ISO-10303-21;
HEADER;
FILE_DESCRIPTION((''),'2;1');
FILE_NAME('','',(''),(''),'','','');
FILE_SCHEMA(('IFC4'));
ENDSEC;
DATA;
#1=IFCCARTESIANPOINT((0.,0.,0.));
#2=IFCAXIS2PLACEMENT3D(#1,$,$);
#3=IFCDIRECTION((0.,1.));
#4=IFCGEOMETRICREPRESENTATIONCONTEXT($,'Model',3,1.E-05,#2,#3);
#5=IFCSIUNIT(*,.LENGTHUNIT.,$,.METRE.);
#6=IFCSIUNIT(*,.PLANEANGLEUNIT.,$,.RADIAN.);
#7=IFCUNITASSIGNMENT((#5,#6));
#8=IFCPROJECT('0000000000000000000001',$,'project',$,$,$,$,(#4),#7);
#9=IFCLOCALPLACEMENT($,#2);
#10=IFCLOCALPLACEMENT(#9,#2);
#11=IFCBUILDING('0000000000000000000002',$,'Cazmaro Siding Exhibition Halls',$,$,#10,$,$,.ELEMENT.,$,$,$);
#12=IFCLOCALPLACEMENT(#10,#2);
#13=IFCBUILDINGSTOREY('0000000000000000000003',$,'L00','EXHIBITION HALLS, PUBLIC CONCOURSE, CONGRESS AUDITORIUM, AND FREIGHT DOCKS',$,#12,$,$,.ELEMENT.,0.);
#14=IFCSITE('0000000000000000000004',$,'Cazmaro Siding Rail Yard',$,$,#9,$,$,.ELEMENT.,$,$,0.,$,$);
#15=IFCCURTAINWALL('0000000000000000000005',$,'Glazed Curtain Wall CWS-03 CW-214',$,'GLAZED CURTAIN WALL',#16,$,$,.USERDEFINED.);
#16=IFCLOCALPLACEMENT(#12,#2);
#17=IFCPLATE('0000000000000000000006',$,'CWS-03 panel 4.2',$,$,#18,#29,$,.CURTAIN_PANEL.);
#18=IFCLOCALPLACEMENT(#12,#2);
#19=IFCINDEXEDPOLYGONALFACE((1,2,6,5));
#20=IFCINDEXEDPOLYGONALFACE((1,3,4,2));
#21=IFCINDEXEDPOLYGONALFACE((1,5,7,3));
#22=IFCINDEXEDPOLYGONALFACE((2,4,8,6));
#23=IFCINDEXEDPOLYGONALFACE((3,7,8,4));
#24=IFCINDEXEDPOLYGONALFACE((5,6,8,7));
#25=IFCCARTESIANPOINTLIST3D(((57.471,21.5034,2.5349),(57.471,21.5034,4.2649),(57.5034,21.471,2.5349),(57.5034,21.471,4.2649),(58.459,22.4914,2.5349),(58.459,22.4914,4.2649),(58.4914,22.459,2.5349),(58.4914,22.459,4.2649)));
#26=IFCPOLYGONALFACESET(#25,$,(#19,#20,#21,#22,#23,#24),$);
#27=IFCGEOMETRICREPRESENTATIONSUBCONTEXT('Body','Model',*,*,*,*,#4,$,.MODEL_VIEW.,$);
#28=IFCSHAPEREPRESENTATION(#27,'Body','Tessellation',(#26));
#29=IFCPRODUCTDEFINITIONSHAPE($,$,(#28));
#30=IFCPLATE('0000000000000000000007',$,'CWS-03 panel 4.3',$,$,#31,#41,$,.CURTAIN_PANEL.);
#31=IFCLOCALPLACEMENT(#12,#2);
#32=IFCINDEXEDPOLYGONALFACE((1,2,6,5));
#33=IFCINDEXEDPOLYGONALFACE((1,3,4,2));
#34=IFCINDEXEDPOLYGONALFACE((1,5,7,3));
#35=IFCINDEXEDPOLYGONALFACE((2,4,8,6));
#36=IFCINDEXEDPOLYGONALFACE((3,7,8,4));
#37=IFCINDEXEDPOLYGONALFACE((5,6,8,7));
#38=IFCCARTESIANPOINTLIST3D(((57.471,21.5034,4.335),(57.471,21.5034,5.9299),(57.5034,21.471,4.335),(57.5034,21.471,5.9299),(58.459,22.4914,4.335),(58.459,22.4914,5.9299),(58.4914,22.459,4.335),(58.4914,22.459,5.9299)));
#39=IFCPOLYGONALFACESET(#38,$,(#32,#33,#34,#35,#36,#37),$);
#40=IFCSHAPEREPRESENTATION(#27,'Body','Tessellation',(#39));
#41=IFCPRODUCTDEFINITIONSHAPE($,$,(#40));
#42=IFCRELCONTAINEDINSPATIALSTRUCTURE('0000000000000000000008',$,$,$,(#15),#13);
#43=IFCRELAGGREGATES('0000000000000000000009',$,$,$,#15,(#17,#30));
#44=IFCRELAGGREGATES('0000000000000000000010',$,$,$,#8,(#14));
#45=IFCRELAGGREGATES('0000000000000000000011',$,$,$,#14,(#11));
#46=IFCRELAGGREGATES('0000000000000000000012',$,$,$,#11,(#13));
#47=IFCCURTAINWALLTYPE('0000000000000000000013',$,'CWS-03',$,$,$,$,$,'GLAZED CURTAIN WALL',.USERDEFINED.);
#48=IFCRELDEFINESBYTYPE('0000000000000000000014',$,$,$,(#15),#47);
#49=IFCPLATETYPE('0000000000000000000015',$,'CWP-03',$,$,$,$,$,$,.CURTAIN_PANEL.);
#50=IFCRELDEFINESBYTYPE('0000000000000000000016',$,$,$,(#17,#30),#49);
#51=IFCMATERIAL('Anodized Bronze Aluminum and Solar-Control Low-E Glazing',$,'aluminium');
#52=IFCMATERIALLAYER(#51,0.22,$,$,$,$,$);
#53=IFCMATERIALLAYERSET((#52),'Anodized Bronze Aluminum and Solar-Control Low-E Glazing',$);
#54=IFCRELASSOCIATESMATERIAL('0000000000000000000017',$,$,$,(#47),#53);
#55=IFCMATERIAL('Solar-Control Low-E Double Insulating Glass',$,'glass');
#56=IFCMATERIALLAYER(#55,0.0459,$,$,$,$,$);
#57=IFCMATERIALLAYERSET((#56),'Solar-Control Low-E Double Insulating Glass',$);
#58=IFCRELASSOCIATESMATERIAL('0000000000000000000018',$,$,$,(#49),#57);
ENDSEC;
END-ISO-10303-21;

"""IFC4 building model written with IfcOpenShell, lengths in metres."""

from ifc_helpers import new_model, si_unit, direction, frame, origin, origin_2d, place, context, subcontext, project, spatial, rectangle, extrude, material, layer, layer_set, type_object, element, aggregate, save


model = new_model("IFC4")

# Units and contexts
model_context = context("Model", 3, precision=1e-05, world=origin(), true_north=direction((0.0, 1.0)))
body_context = subcontext(model_context, "Body", "Model", "MODEL_VIEW")
ifc_project = project(units=[si_unit("LENGTHUNIT", "METRE"), si_unit("PLANEANGLEUNIT", "RADIAN")], contexts=[model_context])

# Site, building, storey
site_placement = place(None, origin())
site = spatial("IfcSite", under=ifc_project, at=site_placement, Name="Cazmaro Siding Rail Yard", CompositionType="ELEMENT", RefElevation=0.0)
building_placement = place(site_placement, origin())
building = spatial("IfcBuilding", under=site, at=building_placement, Name="Cazmaro Siding Exhibition Halls", CompositionType="ELEMENT")
storey_placement = place(building_placement, origin())
storey = spatial("IfcBuildingStorey", under=building, at=storey_placement, Name="L00", Description="EXHIBITION HALLS, PUBLIC CONCOURSE, CONGRESS AUDITORIUM, AND FREIGHT DOCKS", CompositionType="ELEMENT", Elevation=0.0)

# Curtain wall, plates
ifc_material_1 = material(Name="Anodized Bronze Aluminum and Solar-Control Low-E Glazing", Category="aluminium")
ifc_layer_1 = layer(ifc_material_1, 0.22)
ifc_layer_set_1 = layer_set([ifc_layer_1], Name="Anodized Bronze Aluminum and Solar-Control Low-E Glazing")
curtain_wall_type = type_object("IfcCurtainWallType", Name="CWS-03", ElementType="GLAZED CURTAIN WALL", PredefinedType="USERDEFINED", material=ifc_layer_set_1)
curtain_wall_placement = place(storey_placement, origin())
curtain_wall = element("IfcCurtainWall", 1, at=curtain_wall_placement, inside=storey, type_object=curtain_wall_type, Name="Glazed Curtain Wall CWS-03 CW-214", ObjectType="GLAZED CURTAIN WALL", PredefinedType="USERDEFINED")
ifc_material_2 = material(Name="Solar-Control Low-E Double Insulating Glass", Category="glass")
ifc_layer_2 = layer(ifc_material_2, 0.0459)
ifc_layer_set_2 = layer_set([ifc_layer_2], Name="Solar-Control Low-E Double Insulating Glass")
plate_type = type_object("IfcPlateType", Name="CWP-03", PredefinedType="CURTAIN_PANEL", material=ifc_layer_set_2)
plate_1_placement = place(storey_placement, frame((57.9812, 21.9812, 2.5349), z_axis=(0.0, 0.0, 1.0), x_axis=(0.707107, 0.707107, 0.0)))
plate_1 = element("IfcPlate", 2, at=plate_1_placement, type_object=plate_type, Name="CWS-03 panel 4.2", PredefinedType="CURTAIN_PANEL", context=body_context, shape_type="SweptSolid", body=[
    extrude(rectangle(XDim=1.3972, YDim=0.0459, at=origin_2d()), origin(), (0.0, 0.0, 1.0), 1.73),
])
plate_2_placement = place(storey_placement, frame((57.9812, 21.9812, 4.335), z_axis=(0.0, 0.0, 1.0), x_axis=(0.707107, 0.707107, 0.0)))
plate_2 = element("IfcPlate", 3, at=plate_2_placement, type_object=plate_type, Name="CWS-03 panel 4.3", PredefinedType="CURTAIN_PANEL", context=body_context, shape_type="SweptSolid", body=[
    extrude(rectangle(XDim=1.3972, YDim=0.0459, at=origin_2d()), origin(), (0.0, 0.0, 1.0), 1.595),
])
aggregate(curtain_wall, [plate_1, plate_2])

save(model, "model.ifc")
